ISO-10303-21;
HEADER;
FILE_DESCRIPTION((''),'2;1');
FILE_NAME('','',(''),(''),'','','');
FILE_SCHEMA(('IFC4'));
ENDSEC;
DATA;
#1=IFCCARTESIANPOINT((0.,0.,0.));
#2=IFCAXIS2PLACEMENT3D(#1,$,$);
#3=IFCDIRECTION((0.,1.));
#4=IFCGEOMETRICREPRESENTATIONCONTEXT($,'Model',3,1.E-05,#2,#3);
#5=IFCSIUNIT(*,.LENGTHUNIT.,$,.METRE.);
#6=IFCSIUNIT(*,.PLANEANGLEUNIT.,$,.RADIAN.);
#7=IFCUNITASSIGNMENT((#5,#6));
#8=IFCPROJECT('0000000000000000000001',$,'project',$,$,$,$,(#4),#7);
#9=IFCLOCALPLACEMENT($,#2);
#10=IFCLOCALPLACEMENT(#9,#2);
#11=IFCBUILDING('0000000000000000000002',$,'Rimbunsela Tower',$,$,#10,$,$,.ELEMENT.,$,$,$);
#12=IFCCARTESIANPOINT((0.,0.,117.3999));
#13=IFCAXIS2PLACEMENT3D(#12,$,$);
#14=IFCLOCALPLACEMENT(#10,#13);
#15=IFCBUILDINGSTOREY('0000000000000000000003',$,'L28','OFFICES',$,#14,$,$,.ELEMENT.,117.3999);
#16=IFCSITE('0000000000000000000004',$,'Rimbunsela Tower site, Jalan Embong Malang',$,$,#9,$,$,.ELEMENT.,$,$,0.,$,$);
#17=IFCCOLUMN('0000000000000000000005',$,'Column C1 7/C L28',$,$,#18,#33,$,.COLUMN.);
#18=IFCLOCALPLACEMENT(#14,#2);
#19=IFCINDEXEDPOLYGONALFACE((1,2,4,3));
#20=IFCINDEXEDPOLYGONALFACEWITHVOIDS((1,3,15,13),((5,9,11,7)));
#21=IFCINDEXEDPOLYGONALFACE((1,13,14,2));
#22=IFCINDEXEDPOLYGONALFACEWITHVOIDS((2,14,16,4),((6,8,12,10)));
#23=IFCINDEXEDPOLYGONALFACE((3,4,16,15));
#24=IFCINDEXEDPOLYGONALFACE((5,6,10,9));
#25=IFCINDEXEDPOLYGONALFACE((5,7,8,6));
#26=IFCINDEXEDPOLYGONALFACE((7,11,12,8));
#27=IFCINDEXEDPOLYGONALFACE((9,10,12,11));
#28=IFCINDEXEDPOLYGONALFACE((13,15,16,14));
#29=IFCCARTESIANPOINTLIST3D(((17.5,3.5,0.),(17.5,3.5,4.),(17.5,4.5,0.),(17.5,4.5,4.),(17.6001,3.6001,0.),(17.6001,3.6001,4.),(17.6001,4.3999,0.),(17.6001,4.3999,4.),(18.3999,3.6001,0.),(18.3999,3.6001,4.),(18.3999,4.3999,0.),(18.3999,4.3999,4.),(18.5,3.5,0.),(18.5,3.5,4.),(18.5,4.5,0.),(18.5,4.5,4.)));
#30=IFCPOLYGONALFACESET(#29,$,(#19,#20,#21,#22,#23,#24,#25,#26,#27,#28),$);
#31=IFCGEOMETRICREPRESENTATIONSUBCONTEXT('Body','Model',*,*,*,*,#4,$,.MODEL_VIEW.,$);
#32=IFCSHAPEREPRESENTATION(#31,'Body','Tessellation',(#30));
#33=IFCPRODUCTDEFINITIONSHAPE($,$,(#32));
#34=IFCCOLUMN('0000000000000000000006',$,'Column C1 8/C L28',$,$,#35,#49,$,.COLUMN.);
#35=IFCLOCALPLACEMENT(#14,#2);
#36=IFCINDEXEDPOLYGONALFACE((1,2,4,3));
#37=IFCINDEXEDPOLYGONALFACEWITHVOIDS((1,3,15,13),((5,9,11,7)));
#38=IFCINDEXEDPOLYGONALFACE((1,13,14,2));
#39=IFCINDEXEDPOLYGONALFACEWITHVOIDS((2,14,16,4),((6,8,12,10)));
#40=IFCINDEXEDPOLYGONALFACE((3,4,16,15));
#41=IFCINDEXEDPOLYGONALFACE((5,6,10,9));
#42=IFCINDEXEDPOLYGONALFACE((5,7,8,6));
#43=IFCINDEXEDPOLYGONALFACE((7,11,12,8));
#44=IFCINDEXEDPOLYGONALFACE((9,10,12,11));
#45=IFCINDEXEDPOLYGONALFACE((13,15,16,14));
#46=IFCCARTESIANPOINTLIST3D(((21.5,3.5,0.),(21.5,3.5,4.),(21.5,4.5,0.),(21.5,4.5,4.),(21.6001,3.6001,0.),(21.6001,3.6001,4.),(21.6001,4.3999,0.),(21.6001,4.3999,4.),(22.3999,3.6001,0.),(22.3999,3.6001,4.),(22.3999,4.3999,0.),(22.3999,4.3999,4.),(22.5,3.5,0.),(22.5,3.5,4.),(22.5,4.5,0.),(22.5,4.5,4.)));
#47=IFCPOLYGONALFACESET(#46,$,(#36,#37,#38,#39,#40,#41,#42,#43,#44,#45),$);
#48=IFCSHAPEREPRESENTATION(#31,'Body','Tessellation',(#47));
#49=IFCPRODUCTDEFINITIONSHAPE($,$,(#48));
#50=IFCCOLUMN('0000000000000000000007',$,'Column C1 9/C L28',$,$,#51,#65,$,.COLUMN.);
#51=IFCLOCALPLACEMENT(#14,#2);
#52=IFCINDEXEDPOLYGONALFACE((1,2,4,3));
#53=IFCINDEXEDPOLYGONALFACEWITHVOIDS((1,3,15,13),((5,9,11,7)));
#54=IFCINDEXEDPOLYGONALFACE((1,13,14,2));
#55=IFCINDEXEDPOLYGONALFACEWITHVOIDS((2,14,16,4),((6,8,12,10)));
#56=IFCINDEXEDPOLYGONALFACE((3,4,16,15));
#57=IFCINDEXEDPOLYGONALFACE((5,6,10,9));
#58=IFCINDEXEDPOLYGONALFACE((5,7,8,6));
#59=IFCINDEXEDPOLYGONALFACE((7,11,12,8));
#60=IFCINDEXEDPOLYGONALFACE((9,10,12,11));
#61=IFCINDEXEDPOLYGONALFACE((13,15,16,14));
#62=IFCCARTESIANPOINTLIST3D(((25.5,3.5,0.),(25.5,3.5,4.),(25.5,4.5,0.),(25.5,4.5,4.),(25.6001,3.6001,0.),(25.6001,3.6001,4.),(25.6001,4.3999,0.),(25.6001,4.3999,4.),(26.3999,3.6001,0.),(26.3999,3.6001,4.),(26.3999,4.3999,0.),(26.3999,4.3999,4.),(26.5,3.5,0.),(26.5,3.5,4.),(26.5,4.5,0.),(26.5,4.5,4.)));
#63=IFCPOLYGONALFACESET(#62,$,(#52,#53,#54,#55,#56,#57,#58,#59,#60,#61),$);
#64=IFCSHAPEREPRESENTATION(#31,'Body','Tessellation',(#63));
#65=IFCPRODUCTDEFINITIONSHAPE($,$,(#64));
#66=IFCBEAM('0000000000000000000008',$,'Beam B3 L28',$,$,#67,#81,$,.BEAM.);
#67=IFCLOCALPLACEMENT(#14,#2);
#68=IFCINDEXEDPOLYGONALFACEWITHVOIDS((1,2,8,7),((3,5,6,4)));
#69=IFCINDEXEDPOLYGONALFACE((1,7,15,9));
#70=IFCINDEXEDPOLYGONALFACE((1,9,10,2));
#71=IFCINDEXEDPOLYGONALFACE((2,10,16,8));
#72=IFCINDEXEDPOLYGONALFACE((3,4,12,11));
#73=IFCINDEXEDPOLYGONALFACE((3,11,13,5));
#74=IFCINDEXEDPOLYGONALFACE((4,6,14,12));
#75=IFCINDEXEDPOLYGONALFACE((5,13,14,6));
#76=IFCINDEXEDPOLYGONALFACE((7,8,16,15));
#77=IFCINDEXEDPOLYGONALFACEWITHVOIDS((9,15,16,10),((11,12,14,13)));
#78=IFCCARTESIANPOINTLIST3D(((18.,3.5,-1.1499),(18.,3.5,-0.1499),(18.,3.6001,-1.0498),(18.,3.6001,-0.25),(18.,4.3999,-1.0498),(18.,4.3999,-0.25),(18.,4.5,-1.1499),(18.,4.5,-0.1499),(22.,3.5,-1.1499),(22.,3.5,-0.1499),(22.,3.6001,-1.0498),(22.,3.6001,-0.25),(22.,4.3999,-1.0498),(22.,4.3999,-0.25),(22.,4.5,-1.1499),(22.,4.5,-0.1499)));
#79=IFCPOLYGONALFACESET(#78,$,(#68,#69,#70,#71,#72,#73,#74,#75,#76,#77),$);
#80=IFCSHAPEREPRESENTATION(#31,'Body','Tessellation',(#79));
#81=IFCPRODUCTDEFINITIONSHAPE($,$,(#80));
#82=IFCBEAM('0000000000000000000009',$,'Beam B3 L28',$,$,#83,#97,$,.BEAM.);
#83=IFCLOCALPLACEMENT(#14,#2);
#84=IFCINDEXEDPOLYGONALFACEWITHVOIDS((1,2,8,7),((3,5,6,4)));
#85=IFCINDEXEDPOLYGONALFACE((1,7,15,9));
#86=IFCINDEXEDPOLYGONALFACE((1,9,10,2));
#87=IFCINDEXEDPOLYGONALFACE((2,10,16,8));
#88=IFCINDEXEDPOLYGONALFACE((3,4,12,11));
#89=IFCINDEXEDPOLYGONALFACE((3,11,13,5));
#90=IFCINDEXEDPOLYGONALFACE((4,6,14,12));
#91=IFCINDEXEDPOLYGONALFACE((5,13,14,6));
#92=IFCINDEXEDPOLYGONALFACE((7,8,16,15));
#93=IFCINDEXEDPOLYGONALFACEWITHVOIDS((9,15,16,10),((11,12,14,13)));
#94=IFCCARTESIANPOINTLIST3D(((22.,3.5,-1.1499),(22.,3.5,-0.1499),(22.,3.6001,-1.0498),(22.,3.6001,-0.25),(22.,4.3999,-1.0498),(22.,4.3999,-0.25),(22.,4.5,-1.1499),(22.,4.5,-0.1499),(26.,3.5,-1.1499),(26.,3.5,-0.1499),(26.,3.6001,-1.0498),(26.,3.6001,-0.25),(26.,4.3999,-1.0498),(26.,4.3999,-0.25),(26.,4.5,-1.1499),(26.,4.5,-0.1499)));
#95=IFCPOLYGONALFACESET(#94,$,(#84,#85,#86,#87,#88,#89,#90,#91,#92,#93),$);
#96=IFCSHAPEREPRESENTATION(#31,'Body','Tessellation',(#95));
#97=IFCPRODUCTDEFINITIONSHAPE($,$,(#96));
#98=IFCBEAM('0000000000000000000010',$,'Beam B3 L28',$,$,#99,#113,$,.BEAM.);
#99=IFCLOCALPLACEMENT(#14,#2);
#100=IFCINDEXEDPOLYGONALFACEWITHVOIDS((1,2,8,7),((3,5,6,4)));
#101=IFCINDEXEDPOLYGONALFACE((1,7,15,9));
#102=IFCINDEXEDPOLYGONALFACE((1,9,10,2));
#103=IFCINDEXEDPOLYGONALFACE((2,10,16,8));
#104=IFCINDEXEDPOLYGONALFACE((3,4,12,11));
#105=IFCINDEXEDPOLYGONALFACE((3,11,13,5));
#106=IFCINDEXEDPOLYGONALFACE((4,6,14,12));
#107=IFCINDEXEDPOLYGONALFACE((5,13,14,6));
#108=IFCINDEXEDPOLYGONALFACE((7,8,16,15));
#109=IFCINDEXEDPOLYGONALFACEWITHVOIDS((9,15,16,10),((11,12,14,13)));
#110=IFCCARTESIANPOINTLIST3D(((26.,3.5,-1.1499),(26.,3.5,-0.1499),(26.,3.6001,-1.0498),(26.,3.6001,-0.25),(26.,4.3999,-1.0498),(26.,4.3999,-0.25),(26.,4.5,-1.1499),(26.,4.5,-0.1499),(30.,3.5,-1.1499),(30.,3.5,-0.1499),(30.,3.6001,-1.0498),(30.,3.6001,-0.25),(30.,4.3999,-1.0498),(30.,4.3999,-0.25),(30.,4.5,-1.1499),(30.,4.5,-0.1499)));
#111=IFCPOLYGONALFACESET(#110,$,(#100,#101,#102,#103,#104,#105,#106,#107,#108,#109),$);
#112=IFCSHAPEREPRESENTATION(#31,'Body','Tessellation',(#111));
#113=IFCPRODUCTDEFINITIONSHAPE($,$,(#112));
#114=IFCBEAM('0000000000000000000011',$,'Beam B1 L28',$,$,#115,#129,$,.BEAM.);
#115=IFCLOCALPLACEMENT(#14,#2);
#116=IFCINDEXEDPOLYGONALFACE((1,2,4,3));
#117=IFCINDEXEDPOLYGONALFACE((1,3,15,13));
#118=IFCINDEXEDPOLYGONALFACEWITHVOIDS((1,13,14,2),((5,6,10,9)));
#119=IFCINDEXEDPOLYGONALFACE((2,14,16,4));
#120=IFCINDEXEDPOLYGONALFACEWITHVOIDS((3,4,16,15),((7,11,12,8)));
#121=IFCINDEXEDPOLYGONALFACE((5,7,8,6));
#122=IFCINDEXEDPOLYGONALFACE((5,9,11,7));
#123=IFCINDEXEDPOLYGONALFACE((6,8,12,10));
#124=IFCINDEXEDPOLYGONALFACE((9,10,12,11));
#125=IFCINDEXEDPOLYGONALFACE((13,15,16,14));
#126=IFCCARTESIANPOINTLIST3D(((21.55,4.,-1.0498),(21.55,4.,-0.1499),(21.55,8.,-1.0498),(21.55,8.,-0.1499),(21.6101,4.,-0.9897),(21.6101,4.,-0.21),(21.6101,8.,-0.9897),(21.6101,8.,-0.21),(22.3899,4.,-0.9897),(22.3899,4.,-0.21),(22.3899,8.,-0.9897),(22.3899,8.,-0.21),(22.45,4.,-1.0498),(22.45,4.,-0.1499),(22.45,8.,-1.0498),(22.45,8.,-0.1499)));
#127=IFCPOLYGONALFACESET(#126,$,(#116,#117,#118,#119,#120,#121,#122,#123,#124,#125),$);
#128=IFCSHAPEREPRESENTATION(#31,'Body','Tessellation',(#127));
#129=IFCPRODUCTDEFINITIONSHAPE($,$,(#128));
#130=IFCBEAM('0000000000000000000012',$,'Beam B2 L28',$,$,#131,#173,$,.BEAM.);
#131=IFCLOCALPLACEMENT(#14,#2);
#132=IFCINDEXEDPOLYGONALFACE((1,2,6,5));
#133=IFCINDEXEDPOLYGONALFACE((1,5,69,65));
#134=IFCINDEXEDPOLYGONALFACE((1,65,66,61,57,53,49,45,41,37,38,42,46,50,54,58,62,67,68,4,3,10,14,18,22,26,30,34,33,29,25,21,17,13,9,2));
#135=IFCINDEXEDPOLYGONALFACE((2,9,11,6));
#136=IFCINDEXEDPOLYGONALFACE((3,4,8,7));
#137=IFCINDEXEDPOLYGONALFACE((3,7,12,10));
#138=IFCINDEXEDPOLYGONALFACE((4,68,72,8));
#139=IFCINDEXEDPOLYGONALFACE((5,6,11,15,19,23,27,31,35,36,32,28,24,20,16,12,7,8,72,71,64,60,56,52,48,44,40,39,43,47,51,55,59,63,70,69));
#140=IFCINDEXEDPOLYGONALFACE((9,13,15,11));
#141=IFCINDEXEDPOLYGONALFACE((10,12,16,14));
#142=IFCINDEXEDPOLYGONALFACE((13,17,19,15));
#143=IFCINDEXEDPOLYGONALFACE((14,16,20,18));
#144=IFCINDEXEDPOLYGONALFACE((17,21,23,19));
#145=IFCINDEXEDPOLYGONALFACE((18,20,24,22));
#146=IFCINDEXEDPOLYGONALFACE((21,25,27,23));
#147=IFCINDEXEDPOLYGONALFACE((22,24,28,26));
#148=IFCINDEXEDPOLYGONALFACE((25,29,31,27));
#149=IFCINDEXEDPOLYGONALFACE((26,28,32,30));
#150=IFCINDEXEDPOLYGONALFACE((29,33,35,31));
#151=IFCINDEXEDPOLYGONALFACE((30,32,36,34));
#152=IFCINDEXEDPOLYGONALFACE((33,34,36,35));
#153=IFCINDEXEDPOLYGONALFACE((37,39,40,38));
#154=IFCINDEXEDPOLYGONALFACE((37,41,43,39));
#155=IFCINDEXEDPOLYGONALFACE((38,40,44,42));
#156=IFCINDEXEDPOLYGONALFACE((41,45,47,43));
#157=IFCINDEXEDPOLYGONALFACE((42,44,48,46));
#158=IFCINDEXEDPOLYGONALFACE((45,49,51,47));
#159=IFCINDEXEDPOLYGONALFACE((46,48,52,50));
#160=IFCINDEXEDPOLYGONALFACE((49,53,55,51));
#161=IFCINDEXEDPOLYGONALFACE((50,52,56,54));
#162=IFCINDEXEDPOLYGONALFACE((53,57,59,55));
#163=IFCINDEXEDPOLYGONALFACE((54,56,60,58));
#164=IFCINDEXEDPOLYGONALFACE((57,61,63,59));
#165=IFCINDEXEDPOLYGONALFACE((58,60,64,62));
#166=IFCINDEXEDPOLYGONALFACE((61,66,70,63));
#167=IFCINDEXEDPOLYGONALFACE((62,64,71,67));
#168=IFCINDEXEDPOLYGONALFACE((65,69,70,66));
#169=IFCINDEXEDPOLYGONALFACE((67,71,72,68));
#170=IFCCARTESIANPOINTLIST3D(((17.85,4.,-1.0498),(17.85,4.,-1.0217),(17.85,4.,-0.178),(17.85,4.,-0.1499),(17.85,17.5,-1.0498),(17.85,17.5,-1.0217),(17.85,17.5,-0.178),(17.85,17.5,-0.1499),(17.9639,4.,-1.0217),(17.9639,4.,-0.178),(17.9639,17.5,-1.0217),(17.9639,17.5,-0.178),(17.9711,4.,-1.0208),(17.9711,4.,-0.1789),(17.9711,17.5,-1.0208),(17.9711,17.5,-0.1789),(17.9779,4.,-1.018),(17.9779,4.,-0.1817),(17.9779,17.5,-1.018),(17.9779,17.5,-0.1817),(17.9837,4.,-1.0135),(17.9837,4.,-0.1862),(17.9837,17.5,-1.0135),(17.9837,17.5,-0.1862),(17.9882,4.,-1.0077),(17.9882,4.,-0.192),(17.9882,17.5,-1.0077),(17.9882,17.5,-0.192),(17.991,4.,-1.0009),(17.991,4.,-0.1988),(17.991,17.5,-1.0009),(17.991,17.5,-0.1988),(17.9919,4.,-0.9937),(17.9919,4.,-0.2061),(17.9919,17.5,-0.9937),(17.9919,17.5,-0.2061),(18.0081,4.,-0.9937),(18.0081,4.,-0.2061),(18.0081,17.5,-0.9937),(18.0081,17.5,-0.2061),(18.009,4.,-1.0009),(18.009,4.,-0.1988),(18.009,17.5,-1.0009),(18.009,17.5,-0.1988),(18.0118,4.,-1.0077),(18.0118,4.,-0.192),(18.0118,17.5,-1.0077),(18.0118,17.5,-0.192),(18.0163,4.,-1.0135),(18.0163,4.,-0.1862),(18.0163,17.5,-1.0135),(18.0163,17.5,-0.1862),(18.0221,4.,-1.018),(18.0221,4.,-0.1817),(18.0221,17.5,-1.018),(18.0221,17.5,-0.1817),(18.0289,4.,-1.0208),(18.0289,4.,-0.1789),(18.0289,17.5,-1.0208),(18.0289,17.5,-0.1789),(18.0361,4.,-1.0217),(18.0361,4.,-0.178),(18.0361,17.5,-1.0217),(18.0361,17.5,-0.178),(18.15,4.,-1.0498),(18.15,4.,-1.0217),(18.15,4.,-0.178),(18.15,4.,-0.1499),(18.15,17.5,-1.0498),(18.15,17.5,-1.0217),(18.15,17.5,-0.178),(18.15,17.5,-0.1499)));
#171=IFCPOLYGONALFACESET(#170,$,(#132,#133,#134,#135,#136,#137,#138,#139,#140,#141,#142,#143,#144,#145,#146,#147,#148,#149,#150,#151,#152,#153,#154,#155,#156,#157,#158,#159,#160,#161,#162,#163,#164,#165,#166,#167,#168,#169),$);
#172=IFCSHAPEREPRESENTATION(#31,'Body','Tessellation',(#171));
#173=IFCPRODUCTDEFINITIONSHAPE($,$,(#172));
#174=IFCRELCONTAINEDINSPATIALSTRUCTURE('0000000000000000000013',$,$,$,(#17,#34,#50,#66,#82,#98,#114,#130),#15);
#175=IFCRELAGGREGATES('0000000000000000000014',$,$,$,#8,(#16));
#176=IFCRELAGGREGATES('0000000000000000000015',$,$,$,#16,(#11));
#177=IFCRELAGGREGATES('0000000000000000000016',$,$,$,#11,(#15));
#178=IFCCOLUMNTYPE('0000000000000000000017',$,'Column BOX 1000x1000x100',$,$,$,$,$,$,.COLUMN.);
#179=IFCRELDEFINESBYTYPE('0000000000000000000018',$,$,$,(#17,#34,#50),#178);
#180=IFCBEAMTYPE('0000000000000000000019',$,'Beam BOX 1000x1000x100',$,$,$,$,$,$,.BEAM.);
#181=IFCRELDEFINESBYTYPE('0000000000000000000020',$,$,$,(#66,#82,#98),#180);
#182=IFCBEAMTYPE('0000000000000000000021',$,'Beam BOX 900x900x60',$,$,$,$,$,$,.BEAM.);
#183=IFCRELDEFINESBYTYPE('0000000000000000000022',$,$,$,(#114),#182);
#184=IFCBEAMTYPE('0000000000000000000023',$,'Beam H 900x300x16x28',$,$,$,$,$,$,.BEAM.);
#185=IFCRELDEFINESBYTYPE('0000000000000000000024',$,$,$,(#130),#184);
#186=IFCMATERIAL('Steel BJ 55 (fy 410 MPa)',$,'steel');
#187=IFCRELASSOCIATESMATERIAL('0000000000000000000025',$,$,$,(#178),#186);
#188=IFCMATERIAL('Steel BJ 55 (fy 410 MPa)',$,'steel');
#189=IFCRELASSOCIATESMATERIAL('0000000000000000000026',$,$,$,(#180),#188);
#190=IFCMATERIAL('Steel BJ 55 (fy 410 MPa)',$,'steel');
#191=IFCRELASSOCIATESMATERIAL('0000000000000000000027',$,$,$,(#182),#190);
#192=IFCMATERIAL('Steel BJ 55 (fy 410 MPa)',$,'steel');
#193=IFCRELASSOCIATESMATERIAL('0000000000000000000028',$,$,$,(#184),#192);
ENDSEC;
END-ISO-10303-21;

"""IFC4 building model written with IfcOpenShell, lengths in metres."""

from ifc_helpers import new_model, si_unit, direction, frame, origin, origin_2d, place, context, subcontext, project, spatial, hollow_rectangle, i_section, extrude, material, material_profile, profile_set, type_object, element, save


model = new_model("IFC4")

# Units and contexts
model_context = context("Model", 3, precision=1e-05, world=origin(), true_north=direction((0.0, 1.0)))
body_context = subcontext(model_context, "Body", "Model", "MODEL_VIEW")
ifc_project = project(units=[si_unit("LENGTHUNIT", "METRE"), si_unit("PLANEANGLEUNIT", "RADIAN")], contexts=[model_context])

# Site, building, storey
site_placement = place(None, origin())
site = spatial("IfcSite", under=ifc_project, at=site_placement, Name="Rimbunsela Tower site, Jalan Embong Malang", CompositionType="ELEMENT", RefElevation=0.0)
building_placement = place(site_placement, origin())
building = spatial("IfcBuilding", under=site, at=building_placement, Name="Rimbunsela Tower", CompositionType="ELEMENT")
storey_placement = place(building_placement, frame((0.0, 0.0, 117.3999)))
storey = spatial("IfcBuildingStorey", under=building, at=storey_placement, Name="L28", Description="OFFICES", CompositionType="ELEMENT", Elevation=117.3999)

# Columns
ifc_material_1 = material(Name="Steel BJ 55 (fy 410 MPa)", Category="steel")
ifc_material_profile_1 = material_profile(ifc_material_1, hollow_rectangle(XDim=1.0, YDim=1.0, WallThickness=0.1001, at=origin_2d()), Name="BOX 1000x1000x100")
ifc_profile_set_1 = profile_set([ifc_material_profile_1], Name="Steel BJ 55 (fy 410 MPa)")
column_type = type_object("IfcColumnType", Name="Column BOX 1000x1000x100", PredefinedType="COLUMN", material=ifc_profile_set_1)
for number, where, z_axis, x_axis, name in (
    (1, (18.0, 4.0, 0.0), (0.0, 0.0, 1.0), (1.0, 0.0, 0.0), "Column C1 7/C L28"),
    (2, (22.0, 4.0, 0.0), (0.0, 0.0, 1.0), (1.0, 0.0, 0.0), "Column C1 8/C L28"),
    (3, (26.0, 4.0, 0.0), (0.0, 0.0, 1.0), (1.0, 0.0, 0.0), "Column C1 9/C L28"),
):
    element("IfcColumn", number, at=place(storey_placement, frame(where, z_axis=z_axis, x_axis=x_axis)), inside=storey, type_object=column_type, Name=name, PredefinedType="COLUMN", context=body_context, shape_type="SweptSolid", body=[
        extrude(hollow_rectangle(XDim=1.0, YDim=1.0, WallThickness=0.1001, at=origin_2d()), origin(), (0.0, 0.0, 1.0), 4.0),
    ])

# Beams
ifc_material_2 = material(Name="Steel BJ 55 (fy 410 MPa)", Category="steel")
ifc_material_profile_2 = material_profile(ifc_material_2, hollow_rectangle(XDim=1.0, YDim=1.0, WallThickness=0.1001, at=origin_2d()), Name="BOX 1000x1000x100")
ifc_profile_set_2 = profile_set([ifc_material_profile_2], Name="Steel BJ 55 (fy 410 MPa)")
beam_type_1 = type_object("IfcBeamType", Name="Beam BOX 1000x1000x100", PredefinedType="BEAM", material=ifc_profile_set_2)
for number, where, z_axis, x_axis, name in (
    (4, (18.0, 4.0, -0.6499), (1.0, 0.0, 0.0), (0.0, 1.0, 0.0), "Beam B3 L28"),
    (5, (22.0, 4.0, -0.6499), (1.0, 0.0, 0.0), (0.0, 1.0, 0.0), "Beam B3 L28"),
    (6, (26.0, 4.0, -0.6499), (1.0, 0.0, 0.0), (0.0, 1.0, 0.0), "Beam B3 L28"),
):
    element("IfcBeam", number, at=place(storey_placement, frame(where, z_axis=z_axis, x_axis=x_axis)), inside=storey, type_object=beam_type_1, Name=name, PredefinedType="BEAM", context=body_context, shape_type="SweptSolid", body=[
        extrude(hollow_rectangle(XDim=1.0, YDim=1.0, WallThickness=0.1001, at=origin_2d()), origin(), (0.0, 0.0, 1.0), 4.0),
    ])
ifc_material_3 = material(Name="Steel BJ 55 (fy 410 MPa)", Category="steel")
ifc_material_profile_3 = material_profile(ifc_material_3, hollow_rectangle(XDim=0.8999, YDim=0.8999, WallThickness=0.0601, at=origin_2d()), Name="BOX 900x900x60")
ifc_profile_set_3 = profile_set([ifc_material_profile_3], Name="Steel BJ 55 (fy 410 MPa)")
beam_type_2 = type_object("IfcBeamType", Name="Beam BOX 900x900x60", PredefinedType="BEAM", material=ifc_profile_set_3)
beam_placement = place(storey_placement, frame((22.0, 4.0, -0.5999), z_axis=(0.0, 1.0, 0.0), x_axis=(-1.0, 0.0, 0.0)))
element("IfcBeam", 7, at=beam_placement, inside=storey, type_object=beam_type_2, Name="Beam B1 L28", PredefinedType="BEAM", context=body_context, shape_type="SweptSolid", body=[
    extrude(hollow_rectangle(XDim=0.8999, YDim=0.8999, WallThickness=0.0601, at=origin_2d()), origin(), (0.0, 0.0, 1.0), 4.0),
])
ifc_material_4 = material(Name="Steel BJ 55 (fy 410 MPa)", Category="steel")
ifc_material_profile_4 = material_profile(ifc_material_4, i_section(OverallWidth=0.3, OverallDepth=0.8999, WebThickness=0.0161, FlangeThickness=0.0281, FilletRadius=0.0281, at=origin_2d()), Name="H 900x300x16x28")
ifc_profile_set_4 = profile_set([ifc_material_profile_4], Name="Steel BJ 55 (fy 410 MPa)")
beam_type_3 = type_object("IfcBeamType", Name="Beam H 900x300x16x28", PredefinedType="BEAM", material=ifc_profile_set_4)
for number, where, z_axis, x_axis, name in (
    (8, (18.0, 4.0, -0.5999), (0.0, 1.0, 0.0), (-1.0, 0.0, 0.0), "Beam B2 L28"),
):
    element("IfcBeam", number, at=place(storey_placement, frame(where, z_axis=z_axis, x_axis=x_axis)), inside=storey, type_object=beam_type_3, Name=name, PredefinedType="BEAM", context=body_context, shape_type="SweptSolid", body=[
        extrude(i_section(OverallWidth=0.3, OverallDepth=0.8999, WebThickness=0.0161, FlangeThickness=0.0281, FilletRadius=0.0281, at=origin_2d()), origin(), (0.0, 0.0, 1.0), 13.5),
    ])

save(model, "model.ifc")
